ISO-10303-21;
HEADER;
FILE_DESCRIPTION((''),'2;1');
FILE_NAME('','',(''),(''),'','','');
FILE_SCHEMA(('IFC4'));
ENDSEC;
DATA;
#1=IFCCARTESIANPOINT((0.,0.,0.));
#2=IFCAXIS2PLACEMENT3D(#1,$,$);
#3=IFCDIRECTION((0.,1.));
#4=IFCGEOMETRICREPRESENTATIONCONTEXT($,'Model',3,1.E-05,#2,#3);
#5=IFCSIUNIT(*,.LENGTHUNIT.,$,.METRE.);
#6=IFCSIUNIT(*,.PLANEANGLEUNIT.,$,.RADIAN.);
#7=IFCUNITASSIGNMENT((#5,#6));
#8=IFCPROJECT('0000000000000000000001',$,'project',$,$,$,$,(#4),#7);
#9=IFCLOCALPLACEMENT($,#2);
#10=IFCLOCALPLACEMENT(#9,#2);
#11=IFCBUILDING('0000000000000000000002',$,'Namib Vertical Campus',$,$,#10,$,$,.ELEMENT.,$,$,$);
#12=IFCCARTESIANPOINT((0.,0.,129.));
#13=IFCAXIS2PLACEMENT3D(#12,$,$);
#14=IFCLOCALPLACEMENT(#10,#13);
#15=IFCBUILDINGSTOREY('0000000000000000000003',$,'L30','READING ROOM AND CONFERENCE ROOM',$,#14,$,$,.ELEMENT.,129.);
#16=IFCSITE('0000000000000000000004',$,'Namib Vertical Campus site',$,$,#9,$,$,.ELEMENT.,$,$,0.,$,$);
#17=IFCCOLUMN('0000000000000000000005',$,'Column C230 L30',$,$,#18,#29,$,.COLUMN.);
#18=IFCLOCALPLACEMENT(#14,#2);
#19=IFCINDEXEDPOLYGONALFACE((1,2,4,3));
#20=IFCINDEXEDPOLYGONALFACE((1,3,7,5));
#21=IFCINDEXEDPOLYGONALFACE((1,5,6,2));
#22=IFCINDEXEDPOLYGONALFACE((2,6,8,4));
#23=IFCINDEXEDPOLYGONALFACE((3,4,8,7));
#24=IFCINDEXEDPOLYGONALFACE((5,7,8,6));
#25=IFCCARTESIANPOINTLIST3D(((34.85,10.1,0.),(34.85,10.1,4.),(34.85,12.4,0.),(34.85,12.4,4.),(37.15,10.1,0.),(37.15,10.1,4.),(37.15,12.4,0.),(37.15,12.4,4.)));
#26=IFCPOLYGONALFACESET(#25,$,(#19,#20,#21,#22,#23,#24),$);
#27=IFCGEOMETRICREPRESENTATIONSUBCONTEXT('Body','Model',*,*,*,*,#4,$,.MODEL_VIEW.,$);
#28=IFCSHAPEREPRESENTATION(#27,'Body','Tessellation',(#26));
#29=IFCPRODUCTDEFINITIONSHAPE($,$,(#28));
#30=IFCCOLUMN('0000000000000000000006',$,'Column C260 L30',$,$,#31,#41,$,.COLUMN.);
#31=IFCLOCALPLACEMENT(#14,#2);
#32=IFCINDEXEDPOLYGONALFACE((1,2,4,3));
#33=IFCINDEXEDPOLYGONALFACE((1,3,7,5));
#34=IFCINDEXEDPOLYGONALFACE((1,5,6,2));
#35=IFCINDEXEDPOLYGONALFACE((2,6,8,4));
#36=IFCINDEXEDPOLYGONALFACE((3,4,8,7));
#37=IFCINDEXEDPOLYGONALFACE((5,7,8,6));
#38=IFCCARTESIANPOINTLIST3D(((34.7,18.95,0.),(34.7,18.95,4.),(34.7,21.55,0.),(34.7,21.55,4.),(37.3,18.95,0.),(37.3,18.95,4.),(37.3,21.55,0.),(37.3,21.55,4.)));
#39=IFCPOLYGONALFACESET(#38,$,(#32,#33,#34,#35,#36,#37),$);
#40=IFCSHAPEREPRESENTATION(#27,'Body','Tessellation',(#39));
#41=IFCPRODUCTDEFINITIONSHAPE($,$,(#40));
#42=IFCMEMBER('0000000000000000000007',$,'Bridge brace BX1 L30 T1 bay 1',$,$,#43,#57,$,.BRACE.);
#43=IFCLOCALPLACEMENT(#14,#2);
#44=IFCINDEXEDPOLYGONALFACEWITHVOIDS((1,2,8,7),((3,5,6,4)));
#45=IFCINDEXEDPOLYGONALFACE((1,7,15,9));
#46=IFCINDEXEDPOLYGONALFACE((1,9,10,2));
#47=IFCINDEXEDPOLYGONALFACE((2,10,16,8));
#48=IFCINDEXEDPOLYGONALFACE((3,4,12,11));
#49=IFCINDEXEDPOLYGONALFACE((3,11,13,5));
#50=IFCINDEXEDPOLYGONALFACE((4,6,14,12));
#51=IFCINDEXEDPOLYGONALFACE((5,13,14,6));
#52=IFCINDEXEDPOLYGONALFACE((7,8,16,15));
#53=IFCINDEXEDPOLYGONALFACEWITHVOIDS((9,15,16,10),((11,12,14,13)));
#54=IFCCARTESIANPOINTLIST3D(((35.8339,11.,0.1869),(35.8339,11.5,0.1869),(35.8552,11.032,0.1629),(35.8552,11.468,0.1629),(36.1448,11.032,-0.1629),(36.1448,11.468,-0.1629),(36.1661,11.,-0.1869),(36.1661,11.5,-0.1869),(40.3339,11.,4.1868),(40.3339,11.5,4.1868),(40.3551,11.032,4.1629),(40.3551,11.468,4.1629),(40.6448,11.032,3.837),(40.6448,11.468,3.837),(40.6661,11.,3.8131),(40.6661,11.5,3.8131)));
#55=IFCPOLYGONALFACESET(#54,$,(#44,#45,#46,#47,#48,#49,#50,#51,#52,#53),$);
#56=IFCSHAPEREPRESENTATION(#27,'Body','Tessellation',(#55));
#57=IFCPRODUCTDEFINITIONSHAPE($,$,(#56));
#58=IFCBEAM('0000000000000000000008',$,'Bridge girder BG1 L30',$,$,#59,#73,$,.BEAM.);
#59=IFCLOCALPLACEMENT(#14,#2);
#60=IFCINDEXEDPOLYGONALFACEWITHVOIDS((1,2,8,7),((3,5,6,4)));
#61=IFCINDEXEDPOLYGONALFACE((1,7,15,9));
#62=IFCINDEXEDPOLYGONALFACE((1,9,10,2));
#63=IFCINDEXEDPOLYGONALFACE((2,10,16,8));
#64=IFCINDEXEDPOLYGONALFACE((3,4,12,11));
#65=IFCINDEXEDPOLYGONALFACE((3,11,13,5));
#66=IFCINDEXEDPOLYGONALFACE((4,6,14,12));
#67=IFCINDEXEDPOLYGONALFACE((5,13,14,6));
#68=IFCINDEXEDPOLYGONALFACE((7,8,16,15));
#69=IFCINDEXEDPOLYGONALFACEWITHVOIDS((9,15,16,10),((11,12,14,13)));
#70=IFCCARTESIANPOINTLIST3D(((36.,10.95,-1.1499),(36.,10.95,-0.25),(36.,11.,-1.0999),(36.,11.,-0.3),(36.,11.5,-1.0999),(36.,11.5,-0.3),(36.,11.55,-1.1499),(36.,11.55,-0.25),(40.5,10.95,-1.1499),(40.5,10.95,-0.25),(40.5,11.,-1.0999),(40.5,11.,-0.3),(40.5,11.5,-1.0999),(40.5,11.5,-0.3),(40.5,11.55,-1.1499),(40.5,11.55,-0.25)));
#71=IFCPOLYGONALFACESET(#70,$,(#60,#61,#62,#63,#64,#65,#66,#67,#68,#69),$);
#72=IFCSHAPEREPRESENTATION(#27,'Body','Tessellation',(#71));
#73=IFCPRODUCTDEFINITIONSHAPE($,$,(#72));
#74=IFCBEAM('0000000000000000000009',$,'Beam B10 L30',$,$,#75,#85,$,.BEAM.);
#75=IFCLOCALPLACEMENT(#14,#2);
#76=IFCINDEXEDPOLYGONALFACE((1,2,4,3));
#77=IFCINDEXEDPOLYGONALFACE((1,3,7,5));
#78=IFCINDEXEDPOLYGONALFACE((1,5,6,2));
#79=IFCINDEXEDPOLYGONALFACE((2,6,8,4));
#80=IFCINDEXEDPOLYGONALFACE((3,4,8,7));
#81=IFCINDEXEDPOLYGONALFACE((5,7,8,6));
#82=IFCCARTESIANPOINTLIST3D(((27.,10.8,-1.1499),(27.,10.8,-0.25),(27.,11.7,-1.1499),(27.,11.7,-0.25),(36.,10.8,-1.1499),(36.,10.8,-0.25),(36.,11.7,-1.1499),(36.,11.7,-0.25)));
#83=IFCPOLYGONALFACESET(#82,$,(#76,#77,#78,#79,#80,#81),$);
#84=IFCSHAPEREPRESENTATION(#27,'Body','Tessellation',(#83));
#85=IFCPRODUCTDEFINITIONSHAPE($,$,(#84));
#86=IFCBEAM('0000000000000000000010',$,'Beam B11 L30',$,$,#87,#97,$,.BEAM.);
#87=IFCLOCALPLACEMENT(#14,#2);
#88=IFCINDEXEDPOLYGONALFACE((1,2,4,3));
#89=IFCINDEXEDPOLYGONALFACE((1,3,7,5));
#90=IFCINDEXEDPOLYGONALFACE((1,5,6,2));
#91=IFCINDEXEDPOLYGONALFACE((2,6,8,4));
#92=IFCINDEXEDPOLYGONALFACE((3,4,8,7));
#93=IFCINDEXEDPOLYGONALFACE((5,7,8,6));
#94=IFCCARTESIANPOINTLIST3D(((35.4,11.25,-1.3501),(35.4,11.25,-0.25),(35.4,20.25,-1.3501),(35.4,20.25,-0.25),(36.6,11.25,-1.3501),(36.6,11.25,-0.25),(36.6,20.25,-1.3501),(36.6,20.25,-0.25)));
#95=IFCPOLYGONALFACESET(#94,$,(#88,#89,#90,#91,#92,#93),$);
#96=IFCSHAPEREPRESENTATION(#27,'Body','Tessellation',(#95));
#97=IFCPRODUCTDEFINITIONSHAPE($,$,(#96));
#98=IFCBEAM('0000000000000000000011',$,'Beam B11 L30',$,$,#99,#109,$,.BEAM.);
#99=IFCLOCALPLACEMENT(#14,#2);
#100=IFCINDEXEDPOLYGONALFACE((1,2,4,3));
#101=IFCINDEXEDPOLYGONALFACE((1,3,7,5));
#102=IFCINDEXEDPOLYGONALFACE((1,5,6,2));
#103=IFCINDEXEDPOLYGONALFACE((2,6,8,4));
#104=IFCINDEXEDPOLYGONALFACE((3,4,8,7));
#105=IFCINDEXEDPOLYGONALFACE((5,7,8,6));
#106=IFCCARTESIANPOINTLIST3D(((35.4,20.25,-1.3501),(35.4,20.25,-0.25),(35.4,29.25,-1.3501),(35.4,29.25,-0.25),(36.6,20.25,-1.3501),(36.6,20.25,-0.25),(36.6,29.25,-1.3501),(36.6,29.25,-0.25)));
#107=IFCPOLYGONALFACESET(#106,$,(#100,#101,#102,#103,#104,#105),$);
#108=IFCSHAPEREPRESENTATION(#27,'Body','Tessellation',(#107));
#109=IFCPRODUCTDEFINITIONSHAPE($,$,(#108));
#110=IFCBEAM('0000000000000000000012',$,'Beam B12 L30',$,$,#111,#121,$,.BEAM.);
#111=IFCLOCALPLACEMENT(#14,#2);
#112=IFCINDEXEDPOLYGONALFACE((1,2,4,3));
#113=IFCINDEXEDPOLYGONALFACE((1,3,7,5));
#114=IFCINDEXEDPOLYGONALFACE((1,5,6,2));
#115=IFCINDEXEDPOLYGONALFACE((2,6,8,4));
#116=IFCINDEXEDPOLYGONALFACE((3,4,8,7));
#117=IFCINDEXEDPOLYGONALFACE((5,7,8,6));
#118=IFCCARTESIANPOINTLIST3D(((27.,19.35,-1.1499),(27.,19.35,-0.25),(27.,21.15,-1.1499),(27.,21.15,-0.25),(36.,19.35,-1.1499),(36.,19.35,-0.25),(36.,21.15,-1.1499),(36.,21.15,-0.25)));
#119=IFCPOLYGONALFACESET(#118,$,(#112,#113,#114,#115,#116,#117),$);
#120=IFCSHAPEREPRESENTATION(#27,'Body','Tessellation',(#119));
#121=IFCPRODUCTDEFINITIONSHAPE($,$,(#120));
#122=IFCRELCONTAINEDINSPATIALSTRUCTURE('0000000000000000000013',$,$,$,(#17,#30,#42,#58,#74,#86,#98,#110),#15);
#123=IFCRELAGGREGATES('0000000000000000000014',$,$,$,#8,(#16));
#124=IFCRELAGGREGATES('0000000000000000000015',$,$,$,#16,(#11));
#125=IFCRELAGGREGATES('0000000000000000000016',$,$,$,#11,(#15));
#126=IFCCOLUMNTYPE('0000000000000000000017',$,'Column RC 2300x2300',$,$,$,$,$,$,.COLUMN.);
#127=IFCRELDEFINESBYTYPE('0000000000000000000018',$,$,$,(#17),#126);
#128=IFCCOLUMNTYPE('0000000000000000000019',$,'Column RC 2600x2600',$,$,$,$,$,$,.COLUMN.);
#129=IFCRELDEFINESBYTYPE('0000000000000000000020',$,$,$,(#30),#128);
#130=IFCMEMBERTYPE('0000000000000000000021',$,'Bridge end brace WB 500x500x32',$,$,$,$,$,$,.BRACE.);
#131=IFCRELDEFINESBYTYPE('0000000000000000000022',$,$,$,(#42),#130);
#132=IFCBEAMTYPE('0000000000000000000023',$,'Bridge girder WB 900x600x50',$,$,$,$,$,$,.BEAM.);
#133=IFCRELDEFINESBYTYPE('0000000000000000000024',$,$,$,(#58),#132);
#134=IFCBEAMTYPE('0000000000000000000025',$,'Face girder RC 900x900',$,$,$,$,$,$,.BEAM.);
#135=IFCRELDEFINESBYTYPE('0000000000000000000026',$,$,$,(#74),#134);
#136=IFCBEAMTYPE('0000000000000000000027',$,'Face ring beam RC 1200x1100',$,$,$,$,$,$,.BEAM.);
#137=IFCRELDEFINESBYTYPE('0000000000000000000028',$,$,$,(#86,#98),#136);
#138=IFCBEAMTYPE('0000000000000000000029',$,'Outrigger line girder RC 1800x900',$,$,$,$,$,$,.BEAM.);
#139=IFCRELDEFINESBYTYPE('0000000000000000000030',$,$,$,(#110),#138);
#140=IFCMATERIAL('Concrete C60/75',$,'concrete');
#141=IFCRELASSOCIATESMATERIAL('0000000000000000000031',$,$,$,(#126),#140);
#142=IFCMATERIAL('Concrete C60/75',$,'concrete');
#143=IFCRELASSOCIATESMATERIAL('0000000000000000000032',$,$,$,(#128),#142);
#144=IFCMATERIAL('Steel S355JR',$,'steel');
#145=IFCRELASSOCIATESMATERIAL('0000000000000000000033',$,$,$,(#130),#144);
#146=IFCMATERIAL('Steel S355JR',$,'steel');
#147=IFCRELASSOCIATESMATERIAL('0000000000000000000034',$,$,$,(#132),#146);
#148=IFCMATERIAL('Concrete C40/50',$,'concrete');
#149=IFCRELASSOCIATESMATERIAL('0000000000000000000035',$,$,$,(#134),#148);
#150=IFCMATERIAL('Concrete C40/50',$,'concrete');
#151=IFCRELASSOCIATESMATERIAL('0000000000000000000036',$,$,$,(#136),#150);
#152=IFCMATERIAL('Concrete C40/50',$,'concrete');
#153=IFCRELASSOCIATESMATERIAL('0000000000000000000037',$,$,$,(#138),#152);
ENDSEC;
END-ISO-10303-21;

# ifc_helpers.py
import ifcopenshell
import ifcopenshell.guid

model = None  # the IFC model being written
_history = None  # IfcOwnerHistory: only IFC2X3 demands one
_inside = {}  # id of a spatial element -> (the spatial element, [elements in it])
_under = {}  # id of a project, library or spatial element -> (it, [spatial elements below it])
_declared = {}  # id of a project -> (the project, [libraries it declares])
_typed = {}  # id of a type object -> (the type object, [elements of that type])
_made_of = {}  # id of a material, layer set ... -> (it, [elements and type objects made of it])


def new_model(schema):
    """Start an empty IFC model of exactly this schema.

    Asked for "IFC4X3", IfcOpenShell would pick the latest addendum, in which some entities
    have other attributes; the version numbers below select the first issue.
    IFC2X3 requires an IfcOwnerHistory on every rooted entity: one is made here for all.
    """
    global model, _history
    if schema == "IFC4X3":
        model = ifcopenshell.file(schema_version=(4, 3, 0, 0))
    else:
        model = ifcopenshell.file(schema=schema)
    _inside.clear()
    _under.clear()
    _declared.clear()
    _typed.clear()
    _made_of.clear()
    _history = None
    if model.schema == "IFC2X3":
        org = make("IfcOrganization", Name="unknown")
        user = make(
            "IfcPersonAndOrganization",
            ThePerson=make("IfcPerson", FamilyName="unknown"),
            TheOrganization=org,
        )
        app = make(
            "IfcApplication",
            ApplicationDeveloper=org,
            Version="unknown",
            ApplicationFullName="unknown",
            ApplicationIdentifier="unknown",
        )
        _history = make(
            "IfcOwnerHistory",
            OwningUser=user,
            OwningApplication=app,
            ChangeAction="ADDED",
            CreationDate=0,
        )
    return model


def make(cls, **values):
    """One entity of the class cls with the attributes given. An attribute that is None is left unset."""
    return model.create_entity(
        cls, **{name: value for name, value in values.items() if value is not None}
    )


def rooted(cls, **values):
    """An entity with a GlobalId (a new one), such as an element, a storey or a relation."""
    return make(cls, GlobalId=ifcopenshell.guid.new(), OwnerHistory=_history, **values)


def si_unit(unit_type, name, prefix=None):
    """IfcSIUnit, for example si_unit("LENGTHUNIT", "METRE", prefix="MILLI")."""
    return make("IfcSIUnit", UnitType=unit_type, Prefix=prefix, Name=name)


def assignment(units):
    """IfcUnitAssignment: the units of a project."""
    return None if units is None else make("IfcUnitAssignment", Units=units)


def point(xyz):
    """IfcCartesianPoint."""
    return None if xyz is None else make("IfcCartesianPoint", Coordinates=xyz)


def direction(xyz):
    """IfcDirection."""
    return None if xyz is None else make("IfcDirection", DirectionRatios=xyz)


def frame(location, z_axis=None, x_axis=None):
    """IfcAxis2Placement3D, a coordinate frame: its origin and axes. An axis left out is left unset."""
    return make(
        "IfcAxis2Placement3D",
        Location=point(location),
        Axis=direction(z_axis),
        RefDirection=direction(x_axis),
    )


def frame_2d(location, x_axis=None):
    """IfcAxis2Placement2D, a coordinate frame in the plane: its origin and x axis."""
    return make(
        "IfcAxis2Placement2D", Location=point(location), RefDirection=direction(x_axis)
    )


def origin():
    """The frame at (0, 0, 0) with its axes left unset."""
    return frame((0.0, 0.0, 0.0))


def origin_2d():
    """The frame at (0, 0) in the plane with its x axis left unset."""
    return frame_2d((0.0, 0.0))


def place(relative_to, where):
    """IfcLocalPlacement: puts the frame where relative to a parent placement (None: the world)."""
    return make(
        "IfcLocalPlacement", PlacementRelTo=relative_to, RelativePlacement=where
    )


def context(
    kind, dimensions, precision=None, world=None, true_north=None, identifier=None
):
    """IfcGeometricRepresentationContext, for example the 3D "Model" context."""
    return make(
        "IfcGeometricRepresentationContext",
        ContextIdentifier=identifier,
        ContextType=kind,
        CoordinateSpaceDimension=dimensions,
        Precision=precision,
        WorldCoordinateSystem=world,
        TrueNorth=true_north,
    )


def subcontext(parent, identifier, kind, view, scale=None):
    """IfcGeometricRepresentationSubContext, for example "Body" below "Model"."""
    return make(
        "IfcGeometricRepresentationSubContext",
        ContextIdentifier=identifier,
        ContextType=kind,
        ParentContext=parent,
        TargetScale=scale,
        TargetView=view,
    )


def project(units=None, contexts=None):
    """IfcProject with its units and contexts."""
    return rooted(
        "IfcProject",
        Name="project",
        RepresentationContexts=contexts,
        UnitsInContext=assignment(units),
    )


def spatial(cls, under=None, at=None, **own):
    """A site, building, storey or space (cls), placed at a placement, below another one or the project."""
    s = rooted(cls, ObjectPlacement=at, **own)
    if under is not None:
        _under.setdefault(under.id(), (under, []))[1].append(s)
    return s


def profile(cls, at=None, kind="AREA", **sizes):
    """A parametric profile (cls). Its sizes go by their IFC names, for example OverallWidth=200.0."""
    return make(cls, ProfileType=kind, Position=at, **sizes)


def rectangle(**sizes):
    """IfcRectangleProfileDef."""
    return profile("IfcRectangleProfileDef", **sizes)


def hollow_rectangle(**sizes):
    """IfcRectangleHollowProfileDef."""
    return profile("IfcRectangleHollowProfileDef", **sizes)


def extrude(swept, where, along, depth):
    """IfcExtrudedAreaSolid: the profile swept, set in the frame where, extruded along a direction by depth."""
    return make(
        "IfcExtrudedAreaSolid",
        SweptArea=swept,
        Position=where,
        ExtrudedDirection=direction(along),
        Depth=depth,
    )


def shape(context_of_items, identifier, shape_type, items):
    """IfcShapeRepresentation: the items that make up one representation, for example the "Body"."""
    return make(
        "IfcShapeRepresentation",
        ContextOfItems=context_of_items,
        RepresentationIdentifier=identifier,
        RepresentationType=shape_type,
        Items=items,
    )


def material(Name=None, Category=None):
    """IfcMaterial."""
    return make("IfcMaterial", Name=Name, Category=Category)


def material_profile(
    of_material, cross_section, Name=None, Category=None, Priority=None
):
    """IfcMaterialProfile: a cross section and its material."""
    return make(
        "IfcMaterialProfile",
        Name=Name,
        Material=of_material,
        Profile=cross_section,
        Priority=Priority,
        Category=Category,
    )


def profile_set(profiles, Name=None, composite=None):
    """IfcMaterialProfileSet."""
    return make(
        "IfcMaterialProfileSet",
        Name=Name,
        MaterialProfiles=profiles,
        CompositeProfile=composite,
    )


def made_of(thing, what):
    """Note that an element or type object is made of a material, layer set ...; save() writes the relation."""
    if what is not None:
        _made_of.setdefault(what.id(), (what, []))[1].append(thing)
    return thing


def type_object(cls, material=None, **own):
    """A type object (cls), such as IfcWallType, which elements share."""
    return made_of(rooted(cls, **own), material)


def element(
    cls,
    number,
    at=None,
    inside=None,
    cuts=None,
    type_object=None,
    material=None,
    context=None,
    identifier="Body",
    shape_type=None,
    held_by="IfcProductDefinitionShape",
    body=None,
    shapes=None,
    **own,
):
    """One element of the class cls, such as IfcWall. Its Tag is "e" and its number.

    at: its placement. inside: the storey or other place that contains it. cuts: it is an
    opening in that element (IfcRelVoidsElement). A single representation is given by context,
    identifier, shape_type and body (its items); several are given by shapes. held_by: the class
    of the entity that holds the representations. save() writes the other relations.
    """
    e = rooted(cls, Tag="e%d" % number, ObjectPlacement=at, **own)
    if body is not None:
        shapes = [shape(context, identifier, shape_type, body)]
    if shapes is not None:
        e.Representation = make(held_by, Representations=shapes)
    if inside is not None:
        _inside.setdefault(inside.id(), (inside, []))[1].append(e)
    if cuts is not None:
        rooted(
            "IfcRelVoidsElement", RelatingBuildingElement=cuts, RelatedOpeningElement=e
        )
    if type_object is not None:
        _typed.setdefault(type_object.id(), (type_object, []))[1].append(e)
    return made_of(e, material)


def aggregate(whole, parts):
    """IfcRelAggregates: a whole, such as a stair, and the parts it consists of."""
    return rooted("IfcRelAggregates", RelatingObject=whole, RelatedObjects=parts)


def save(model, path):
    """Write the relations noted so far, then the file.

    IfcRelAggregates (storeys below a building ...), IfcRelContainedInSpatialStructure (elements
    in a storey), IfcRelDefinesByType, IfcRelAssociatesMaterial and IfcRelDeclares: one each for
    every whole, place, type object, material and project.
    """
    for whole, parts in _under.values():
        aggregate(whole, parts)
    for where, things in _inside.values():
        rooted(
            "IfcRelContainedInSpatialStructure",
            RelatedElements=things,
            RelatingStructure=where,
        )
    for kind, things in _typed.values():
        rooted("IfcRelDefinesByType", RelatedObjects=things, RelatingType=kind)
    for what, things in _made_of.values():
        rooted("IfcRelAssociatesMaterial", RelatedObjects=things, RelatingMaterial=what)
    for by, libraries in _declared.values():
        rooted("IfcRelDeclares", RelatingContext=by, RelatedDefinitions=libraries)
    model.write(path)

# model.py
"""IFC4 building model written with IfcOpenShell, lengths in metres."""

from ifc_helpers import new_model, si_unit, direction, frame, origin, origin_2d, place, context, subcontext, project, spatial, rectangle, hollow_rectangle, extrude, material, material_profile, profile_set, type_object, element, save


model = new_model("IFC4")

# Units and contexts
model_context = context("Model", 3, precision=1e-05, world=origin(), true_north=direction((0.0, 1.0)))
body_context = subcontext(model_context, "Body", "Model", "MODEL_VIEW")
ifc_project = project(units=[si_unit("LENGTHUNIT", "METRE"), si_unit("PLANEANGLEUNIT", "RADIAN")], contexts=[model_context])

# Site, building, storey
site_placement = place(None, origin())
site = spatial("IfcSite", under=ifc_project, at=site_placement, Name="Namib Vertical Campus site", CompositionType="ELEMENT", RefElevation=0.0)
building_placement = place(site_placement, origin())
building = spatial("IfcBuilding", under=site, at=building_placement, Name="Namib Vertical Campus", CompositionType="ELEMENT")
storey_placement = place(building_placement, frame((0.0, 0.0, 129.0)))
storey = spatial("IfcBuildingStorey", under=building, at=storey_placement, Name="L30", Description="READING ROOM AND CONFERENCE ROOM", CompositionType="ELEMENT", Elevation=129.0)

# Columns
ifc_material_1 = material(Name="Concrete C60/75", Category="concrete")
ifc_material_profile_1 = material_profile(ifc_material_1, rectangle(XDim=2.3, YDim=2.3, at=origin_2d()))
ifc_profile_set_1 = profile_set([ifc_material_profile_1], Name="Concrete C60/75")
column_type_1 = type_object("IfcColumnType", Name="Column RC 2300x2300", PredefinedType="COLUMN", material=ifc_profile_set_1)
column_1_placement = place(storey_placement, frame((36.0, 11.25, 0.0), z_axis=(0.0, 0.0, 1.0), x_axis=(1.0, 0.0, 0.0)))
element("IfcColumn", 1, at=column_1_placement, inside=storey, type_object=column_type_1, Name="Column C230 L30", PredefinedType="COLUMN", context=body_context, shape_type="SweptSolid", body=[
    extrude(rectangle(XDim=2.3, YDim=2.3, at=origin_2d()), origin(), (0.0, 0.0, 1.0), 4.0),
])
ifc_material_2 = material(Name="Concrete C60/75", Category="concrete")
ifc_material_profile_2 = material_profile(ifc_material_2, rectangle(XDim=2.6001, YDim=2.6001, at=origin_2d()))
ifc_profile_set_2 = profile_set([ifc_material_profile_2], Name="Concrete C60/75")
column_type_2 = type_object("IfcColumnType", Name="Column RC 2600x2600", PredefinedType="COLUMN", material=ifc_profile_set_2)
column_2_placement = place(storey_placement, frame((36.0, 20.25, 0.0), z_axis=(0.0, 0.0, 1.0), x_axis=(1.0, 0.0, 0.0)))
element("IfcColumn", 2, at=column_2_placement, inside=storey, type_object=column_type_2, Name="Column C260 L30", PredefinedType="COLUMN", context=body_context, shape_type="SweptSolid", body=[
    extrude(rectangle(XDim=2.6001, YDim=2.6001, at=origin_2d()), origin(), (0.0, 0.0, 1.0), 4.0),
])

# Member
ifc_material_3 = material(Name="Steel S355JR", Category="steel")
ifc_material_profile_3 = material_profile(ifc_material_3, hollow_rectangle(XDim=0.5, YDim=0.5, WallThickness=0.032, at=origin_2d()))
ifc_profile_set_3 = profile_set([ifc_material_profile_3], Name="Steel S355JR")
member_type = type_object("IfcMemberType", Name="Bridge end brace WB 500x500x32", PredefinedType="BRACE", material=ifc_profile_set_3)
member_placement = place(storey_placement, frame((36.0, 11.25, 0.0), z_axis=(0.747409, 0.0, 0.664364), x_axis=(0.0, 1.0, 0.0)))
element("IfcMember", 3, at=member_placement, inside=storey, type_object=member_type, Name="Bridge brace BX1 L30 T1 bay 1", PredefinedType="BRACE", context=body_context, shape_type="SweptSolid", body=[
    extrude(hollow_rectangle(XDim=0.5, YDim=0.5, WallThickness=0.032, at=origin_2d()), origin(), (0.0, 0.0, 1.0), 6.0208),
])

# Beams
ifc_material_4 = material(Name="Steel S355JR", Category="steel")
ifc_material_profile_4 = material_profile(ifc_material_4, hollow_rectangle(XDim=0.6001, YDim=0.8999, WallThickness=0.05, at=origin_2d()))
ifc_profile_set_4 = profile_set([ifc_material_profile_4], Name="Steel S355JR")
beam_type_1 = type_object("IfcBeamType", Name="Bridge girder WB 900x600x50", PredefinedType="BEAM", material=ifc_profile_set_4)
beam_1_placement = place(storey_placement, frame((36.0, 11.25, -0.7), z_axis=(1.0, 0.0, 0.0), x_axis=(0.0, 1.0, 0.0)))
element("IfcBeam", 4, at=beam_1_placement, inside=storey, type_object=beam_type_1, Name="Bridge girder BG1 L30", PredefinedType="BEAM", context=body_context, shape_type="SweptSolid", body=[
    extrude(hollow_rectangle(XDim=0.6001, YDim=0.8999, WallThickness=0.05, at=origin_2d()), origin(), (0.0, 0.0, 1.0), 4.5),
])
ifc_material_5 = material(Name="Concrete C40/50", Category="concrete")
ifc_material_profile_5 = material_profile(ifc_material_5, rectangle(XDim=0.8999, YDim=0.8999, at=origin_2d()))
ifc_profile_set_5 = profile_set([ifc_material_profile_5], Name="Concrete C40/50")
beam_type_2 = type_object("IfcBeamType", Name="Face girder RC 900x900", PredefinedType="BEAM", material=ifc_profile_set_5)
beam_2_placement = place(storey_placement, frame((36.0, 11.25, -0.7), z_axis=(-1.0, 0.0, 0.0), x_axis=(0.0, -1.0, 0.0)))
element("IfcBeam", 5, at=beam_2_placement, inside=storey, type_object=beam_type_2, Name="Beam B10 L30", PredefinedType="BEAM", context=body_context, shape_type="SweptSolid", body=[
    extrude(rectangle(XDim=0.8999, YDim=0.8999, at=origin_2d()), origin(), (0.0, 0.0, 1.0), 9.0),
])
ifc_material_6 = material(Name="Concrete C40/50", Category="concrete")
ifc_material_profile_6 = material_profile(ifc_material_6, rectangle(XDim=1.2, YDim=1.1001, at=origin_2d()))
ifc_profile_set_6 = profile_set([ifc_material_profile_6], Name="Concrete C40/50")
beam_type_3 = type_object("IfcBeamType", Name="Face ring beam RC 1200x1100", PredefinedType="BEAM", material=ifc_profile_set_6)
for number, where, z_axis, x_axis, name in (
    (6, (36.0, 11.25, -0.8), (0.0, 1.0, 0.0), (-1.0, 0.0, 0.0), "Beam B11 L30"),
    (7, (36.0, 20.25, -0.8), (0.0, 1.0, 0.0), (-1.0, 0.0, 0.0), "Beam B11 L30"),
):
    element("IfcBeam", number, at=place(storey_placement, frame(where, z_axis=z_axis, x_axis=x_axis)), inside=storey, type_object=beam_type_3, Name=name, PredefinedType="BEAM", context=body_context, shape_type="SweptSolid", body=[
        extrude(rectangle(XDim=1.2, YDim=1.1001, at=origin_2d()), origin(), (0.0, 0.0, 1.0), 9.0),
    ])
ifc_material_7 = material(Name="Concrete C40/50", Category="concrete")
ifc_material_profile_7 = material_profile(ifc_material_7, rectangle(XDim=1.8, YDim=0.8999, at=origin_2d()))
ifc_profile_set_7 = profile_set([ifc_material_profile_7], Name="Concrete C40/50")
beam_type_4 = type_object("IfcBeamType", Name="Outrigger line girder RC 1800x900", PredefinedType="BEAM", material=ifc_profile_set_7)
beam_3_placement = place(storey_placement, frame((36.0, 20.25, -0.7), z_axis=(-1.0, 0.0, 0.0), x_axis=(0.0, -1.0, 0.0)))
element("IfcBeam", 8, at=beam_3_placement, inside=storey, type_object=beam_type_4, Name="Beam B12 L30", PredefinedType="BEAM", context=body_context, shape_type="SweptSolid", body=[
    extrude(rectangle(XDim=1.8, YDim=0.8999, at=origin_2d()), origin(), (0.0, 0.0, 1.0), 9.0),
])

save(model, "model.ifc")
